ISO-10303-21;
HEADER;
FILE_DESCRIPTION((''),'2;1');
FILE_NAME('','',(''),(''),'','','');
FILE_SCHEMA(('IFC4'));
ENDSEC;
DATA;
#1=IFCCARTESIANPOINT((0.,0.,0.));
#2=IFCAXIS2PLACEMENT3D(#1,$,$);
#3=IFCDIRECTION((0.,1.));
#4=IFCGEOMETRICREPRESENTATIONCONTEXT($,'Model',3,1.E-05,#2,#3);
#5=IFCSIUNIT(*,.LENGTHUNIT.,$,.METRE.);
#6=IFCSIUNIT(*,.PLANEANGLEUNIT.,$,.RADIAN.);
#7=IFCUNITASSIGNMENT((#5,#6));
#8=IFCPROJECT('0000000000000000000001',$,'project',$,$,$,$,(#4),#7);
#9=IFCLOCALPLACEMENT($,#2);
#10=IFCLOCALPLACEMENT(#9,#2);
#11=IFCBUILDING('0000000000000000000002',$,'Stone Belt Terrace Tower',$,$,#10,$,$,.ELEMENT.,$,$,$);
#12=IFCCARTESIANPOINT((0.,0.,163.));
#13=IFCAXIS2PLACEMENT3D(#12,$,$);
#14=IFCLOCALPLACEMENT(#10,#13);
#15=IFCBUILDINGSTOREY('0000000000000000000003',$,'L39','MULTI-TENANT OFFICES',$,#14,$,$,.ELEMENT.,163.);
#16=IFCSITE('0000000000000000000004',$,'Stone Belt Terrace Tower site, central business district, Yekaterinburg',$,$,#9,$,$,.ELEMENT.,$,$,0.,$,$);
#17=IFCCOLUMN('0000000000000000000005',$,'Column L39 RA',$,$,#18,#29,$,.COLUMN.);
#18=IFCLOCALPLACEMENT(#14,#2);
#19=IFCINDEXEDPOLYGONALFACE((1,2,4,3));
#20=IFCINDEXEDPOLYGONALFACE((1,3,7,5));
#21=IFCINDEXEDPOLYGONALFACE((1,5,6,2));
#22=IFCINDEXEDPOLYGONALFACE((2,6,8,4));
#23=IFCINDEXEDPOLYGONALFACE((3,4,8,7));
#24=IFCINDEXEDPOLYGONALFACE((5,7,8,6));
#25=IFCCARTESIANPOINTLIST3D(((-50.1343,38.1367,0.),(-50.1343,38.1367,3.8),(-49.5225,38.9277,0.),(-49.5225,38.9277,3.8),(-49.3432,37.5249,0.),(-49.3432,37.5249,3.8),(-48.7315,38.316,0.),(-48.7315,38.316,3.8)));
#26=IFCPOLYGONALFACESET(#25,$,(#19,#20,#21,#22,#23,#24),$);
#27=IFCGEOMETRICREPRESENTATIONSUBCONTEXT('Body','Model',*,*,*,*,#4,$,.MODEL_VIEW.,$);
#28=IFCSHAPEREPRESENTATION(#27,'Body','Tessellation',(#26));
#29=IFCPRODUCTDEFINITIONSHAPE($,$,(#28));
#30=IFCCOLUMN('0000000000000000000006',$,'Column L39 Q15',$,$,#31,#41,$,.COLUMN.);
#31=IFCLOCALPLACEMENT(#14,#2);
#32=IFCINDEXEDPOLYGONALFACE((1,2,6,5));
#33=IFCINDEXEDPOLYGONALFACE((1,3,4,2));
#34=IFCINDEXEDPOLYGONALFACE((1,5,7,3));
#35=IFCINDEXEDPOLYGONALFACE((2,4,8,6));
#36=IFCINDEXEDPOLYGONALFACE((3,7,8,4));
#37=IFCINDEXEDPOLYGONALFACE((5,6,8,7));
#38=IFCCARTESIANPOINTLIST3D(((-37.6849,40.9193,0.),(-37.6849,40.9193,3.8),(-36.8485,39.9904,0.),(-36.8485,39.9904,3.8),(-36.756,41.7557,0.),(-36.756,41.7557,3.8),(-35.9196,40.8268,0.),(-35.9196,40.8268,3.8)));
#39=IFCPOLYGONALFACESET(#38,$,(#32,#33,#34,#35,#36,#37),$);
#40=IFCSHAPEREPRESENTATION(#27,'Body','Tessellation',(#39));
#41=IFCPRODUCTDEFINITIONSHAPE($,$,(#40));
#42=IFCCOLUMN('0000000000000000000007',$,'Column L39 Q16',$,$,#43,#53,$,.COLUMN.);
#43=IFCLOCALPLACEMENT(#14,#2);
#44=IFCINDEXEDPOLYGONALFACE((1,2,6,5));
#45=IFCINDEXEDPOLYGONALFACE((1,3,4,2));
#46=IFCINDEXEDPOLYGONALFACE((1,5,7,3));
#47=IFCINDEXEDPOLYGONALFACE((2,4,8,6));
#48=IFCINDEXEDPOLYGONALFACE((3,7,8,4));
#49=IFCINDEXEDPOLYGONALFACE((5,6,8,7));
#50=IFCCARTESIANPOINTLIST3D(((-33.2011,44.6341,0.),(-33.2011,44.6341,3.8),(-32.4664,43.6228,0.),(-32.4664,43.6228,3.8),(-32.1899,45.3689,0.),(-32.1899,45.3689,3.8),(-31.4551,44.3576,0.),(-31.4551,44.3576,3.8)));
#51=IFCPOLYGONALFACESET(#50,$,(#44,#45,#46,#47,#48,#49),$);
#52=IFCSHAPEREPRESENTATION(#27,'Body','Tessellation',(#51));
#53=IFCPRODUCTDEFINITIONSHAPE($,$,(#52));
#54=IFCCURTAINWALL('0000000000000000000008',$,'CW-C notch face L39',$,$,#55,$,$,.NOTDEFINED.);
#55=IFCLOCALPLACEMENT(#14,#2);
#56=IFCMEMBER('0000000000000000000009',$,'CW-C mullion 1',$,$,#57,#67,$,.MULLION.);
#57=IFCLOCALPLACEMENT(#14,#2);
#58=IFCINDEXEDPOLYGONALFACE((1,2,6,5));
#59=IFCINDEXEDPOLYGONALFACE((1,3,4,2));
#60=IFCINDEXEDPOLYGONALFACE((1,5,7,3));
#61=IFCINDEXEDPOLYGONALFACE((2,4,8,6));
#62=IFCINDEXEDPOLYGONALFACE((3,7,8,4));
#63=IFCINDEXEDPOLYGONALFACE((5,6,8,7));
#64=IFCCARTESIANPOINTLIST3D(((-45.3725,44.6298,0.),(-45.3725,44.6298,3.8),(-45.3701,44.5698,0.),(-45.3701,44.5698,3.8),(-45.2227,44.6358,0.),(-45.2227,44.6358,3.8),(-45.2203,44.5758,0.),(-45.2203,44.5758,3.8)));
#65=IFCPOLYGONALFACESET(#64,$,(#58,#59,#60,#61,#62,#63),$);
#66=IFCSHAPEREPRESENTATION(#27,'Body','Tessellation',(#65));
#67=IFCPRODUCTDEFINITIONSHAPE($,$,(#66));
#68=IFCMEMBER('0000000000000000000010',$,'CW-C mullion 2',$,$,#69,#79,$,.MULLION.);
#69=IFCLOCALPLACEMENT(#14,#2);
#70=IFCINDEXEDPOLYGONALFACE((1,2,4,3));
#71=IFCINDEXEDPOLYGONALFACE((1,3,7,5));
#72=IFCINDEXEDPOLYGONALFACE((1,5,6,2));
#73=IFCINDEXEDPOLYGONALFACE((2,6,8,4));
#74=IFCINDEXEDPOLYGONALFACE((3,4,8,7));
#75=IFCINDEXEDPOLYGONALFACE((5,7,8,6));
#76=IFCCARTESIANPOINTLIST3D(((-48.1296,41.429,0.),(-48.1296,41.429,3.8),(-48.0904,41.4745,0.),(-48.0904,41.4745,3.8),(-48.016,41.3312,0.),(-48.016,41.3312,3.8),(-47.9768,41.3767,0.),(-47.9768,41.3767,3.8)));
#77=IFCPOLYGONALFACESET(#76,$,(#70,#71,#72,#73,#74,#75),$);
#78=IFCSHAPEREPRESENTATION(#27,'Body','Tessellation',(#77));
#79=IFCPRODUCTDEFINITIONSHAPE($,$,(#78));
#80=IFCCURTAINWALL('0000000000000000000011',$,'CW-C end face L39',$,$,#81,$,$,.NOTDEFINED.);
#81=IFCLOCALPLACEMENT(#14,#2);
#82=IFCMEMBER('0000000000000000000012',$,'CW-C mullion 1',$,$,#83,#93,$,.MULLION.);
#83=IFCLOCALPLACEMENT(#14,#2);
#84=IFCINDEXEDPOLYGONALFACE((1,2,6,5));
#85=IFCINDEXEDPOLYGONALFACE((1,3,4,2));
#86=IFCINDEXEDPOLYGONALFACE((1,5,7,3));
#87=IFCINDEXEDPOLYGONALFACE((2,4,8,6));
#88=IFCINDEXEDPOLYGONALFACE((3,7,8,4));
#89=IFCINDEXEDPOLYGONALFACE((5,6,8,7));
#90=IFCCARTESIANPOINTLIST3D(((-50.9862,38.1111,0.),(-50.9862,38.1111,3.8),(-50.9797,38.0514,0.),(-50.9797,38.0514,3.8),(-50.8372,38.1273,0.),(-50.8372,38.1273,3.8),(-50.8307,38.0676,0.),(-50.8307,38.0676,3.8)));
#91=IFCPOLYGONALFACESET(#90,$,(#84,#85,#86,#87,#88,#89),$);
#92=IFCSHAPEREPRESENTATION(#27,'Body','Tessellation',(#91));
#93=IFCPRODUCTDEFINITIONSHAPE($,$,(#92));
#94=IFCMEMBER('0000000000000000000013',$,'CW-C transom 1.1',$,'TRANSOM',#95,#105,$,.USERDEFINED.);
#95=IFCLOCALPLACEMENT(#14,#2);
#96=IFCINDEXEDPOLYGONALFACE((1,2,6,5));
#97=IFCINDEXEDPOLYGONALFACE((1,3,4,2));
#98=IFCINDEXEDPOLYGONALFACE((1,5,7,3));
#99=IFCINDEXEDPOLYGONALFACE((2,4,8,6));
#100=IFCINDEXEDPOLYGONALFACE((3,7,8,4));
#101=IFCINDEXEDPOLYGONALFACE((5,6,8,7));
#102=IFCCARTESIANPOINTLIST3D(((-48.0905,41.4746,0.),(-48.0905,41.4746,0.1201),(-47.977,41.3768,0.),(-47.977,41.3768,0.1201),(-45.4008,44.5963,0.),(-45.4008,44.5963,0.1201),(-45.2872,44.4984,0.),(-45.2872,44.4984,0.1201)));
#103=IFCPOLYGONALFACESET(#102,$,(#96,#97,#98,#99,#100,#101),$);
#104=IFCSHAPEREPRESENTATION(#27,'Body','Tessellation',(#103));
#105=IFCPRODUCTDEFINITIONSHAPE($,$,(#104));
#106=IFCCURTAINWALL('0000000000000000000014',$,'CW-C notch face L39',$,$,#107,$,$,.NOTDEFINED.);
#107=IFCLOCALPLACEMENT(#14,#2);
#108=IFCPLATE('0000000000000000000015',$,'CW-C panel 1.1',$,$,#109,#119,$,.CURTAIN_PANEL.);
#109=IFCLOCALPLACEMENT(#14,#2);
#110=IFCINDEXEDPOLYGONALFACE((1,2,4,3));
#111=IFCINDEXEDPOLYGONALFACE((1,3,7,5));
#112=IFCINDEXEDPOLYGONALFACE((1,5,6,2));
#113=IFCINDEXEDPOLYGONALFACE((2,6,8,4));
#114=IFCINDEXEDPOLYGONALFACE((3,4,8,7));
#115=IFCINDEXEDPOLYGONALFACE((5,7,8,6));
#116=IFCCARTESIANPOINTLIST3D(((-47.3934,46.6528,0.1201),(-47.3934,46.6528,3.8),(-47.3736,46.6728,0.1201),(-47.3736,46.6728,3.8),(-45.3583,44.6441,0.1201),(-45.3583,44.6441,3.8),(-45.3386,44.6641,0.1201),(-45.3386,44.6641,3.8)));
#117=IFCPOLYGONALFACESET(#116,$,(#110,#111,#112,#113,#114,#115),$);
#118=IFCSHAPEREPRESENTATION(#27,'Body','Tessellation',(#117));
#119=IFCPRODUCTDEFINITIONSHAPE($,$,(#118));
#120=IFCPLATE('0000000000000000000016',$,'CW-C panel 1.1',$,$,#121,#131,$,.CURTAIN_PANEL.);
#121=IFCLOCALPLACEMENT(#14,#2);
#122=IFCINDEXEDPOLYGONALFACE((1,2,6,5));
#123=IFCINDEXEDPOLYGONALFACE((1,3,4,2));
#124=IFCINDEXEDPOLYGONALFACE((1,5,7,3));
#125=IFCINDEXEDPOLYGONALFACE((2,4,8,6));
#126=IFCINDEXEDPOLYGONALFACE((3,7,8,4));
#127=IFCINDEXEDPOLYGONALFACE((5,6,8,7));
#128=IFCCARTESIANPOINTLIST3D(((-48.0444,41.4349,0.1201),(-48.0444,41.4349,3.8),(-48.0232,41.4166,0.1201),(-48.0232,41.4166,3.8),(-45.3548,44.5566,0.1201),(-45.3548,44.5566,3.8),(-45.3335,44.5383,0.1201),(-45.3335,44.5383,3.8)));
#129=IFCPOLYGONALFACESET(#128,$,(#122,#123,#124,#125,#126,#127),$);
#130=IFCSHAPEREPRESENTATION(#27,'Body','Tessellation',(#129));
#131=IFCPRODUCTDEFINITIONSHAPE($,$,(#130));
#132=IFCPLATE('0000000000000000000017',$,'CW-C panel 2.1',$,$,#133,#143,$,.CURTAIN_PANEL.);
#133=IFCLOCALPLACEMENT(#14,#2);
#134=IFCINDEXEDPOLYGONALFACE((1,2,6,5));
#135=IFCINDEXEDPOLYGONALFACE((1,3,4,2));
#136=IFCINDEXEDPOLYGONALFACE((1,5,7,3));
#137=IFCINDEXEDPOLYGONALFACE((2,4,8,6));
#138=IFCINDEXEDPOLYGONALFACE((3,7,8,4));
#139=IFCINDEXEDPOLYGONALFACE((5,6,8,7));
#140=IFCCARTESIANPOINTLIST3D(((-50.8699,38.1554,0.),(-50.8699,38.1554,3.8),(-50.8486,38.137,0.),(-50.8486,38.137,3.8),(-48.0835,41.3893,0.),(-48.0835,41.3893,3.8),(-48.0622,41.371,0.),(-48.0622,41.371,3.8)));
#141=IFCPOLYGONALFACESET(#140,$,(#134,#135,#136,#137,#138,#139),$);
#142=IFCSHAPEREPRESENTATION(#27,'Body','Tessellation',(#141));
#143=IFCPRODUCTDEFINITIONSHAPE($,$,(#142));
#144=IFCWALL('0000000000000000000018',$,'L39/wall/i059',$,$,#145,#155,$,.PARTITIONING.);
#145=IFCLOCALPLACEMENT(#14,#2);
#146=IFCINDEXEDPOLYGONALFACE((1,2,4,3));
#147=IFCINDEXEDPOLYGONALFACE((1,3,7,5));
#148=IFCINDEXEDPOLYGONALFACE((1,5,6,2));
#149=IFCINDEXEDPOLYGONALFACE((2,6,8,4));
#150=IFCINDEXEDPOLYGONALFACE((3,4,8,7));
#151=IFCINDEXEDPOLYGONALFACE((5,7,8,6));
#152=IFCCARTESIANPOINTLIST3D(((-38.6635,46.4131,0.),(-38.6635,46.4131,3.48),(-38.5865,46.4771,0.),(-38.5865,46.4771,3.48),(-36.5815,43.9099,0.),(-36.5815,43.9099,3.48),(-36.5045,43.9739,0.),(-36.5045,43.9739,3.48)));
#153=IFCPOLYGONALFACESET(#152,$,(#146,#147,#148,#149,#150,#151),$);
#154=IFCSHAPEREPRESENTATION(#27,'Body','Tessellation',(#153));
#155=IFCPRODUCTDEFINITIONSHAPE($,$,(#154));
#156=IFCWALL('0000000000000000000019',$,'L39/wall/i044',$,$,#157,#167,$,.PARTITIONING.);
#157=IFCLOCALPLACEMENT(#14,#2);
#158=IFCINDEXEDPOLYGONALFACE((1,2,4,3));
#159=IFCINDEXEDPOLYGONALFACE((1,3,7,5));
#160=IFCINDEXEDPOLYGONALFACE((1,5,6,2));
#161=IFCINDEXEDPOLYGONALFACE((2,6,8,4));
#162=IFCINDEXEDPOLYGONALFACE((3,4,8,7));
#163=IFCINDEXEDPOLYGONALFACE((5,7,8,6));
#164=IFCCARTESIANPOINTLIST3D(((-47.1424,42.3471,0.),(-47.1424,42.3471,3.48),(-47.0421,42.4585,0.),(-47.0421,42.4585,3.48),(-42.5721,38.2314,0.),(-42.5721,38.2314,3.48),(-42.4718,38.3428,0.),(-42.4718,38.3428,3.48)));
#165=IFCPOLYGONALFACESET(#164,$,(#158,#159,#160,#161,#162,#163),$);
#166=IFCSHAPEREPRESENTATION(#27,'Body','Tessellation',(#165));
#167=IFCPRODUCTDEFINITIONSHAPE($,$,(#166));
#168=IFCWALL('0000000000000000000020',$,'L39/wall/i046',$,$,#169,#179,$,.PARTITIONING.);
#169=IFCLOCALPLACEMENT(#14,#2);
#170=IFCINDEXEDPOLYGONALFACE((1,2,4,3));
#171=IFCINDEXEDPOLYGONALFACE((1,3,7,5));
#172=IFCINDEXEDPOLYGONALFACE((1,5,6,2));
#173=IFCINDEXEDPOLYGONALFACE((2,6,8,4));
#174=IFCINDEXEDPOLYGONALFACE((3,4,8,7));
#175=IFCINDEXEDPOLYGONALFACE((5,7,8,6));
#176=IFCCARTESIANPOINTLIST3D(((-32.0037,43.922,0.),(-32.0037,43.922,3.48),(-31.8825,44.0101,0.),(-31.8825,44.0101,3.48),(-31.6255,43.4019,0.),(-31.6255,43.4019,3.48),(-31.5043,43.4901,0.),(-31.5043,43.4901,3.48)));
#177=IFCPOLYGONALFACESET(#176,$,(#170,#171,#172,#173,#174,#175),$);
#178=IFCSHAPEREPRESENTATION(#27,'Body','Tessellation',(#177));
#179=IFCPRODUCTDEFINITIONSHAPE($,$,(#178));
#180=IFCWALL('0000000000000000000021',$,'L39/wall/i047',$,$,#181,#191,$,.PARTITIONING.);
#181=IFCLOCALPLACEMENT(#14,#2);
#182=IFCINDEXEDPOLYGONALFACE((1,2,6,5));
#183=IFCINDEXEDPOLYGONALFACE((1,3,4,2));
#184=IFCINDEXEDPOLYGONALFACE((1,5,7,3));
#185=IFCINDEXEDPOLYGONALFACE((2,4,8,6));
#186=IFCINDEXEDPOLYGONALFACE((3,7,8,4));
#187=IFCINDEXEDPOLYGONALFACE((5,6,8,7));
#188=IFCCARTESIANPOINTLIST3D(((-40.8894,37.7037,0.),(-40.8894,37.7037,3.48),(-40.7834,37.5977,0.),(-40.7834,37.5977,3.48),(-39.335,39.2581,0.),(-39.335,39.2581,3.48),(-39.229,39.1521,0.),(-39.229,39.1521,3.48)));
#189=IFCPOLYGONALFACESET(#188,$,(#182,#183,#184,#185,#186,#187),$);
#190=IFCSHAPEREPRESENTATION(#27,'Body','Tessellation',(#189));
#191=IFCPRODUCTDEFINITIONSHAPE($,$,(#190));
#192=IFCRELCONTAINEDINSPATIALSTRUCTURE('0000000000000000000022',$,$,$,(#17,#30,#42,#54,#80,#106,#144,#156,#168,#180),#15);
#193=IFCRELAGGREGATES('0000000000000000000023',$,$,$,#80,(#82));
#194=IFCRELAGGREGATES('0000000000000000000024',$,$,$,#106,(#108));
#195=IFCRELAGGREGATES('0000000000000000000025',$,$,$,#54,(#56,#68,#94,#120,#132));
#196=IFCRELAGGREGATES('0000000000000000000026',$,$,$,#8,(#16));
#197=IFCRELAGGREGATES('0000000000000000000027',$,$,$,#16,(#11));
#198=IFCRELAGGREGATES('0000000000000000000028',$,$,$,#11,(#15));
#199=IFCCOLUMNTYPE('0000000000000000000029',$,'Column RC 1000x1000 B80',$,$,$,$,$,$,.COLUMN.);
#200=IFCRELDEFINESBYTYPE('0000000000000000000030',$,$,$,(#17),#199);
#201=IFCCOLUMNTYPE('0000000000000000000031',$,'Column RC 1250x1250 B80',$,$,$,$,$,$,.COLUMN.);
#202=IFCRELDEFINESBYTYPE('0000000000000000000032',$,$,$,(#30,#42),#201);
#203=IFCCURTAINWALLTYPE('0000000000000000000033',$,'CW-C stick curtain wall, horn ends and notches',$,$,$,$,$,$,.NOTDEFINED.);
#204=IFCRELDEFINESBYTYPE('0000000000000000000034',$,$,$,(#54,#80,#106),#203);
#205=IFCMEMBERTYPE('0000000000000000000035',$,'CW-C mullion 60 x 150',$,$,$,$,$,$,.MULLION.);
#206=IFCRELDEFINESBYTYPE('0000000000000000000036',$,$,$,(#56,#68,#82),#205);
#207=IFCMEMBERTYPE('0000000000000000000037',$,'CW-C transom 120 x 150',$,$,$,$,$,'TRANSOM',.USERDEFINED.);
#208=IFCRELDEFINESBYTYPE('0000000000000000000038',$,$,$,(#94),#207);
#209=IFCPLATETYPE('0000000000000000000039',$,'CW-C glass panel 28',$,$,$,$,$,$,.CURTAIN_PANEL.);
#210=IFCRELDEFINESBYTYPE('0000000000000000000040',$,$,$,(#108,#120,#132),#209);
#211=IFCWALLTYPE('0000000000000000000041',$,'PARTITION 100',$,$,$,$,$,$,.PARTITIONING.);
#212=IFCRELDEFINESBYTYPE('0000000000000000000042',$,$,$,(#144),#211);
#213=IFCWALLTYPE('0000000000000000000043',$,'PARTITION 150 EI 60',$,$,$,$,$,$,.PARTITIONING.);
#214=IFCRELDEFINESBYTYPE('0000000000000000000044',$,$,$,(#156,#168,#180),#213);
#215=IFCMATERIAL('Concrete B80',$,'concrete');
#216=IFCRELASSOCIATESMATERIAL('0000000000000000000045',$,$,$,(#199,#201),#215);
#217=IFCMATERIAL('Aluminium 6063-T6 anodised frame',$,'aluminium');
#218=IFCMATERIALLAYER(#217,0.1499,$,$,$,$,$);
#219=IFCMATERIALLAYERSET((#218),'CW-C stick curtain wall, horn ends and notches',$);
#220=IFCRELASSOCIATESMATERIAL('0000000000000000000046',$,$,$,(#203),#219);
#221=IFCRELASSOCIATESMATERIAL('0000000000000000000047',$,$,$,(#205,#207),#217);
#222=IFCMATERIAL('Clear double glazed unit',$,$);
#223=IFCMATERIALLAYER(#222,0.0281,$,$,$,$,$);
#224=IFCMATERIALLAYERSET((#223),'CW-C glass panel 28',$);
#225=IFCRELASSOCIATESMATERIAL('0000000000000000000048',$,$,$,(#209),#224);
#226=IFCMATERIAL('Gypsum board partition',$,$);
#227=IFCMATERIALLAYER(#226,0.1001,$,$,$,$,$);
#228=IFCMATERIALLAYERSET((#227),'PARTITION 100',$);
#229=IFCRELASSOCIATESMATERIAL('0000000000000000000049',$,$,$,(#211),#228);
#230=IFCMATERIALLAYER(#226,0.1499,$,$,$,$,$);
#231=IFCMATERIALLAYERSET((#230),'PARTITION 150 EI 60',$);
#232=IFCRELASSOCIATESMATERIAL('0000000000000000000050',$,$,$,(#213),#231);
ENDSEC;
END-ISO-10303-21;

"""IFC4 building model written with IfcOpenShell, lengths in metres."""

from ifc_helpers import new_model, si_unit, direction, frame, frame_2d, origin, origin_2d, place, context, subcontext, project, spatial, rectangle, extrude, material, layer, layer_set, material_profile, profile_set, type_object, element, aggregate, save


model = new_model("IFC4")

# Units and contexts
model_context = context("Model", 3, precision=1e-05, world=origin(), true_north=direction((0.0, 1.0)))
body_context = subcontext(model_context, "Body", "Model", "MODEL_VIEW")
ifc_project = project(units=[si_unit("LENGTHUNIT", "METRE"), si_unit("PLANEANGLEUNIT", "RADIAN")], contexts=[model_context])

# Site, building, storey
site_placement = place(None, origin())
site = spatial("IfcSite", under=ifc_project, at=site_placement, Name="Stone Belt Terrace Tower site, central business district, Yekaterinburg", CompositionType="ELEMENT", RefElevation=0.0)
building_placement = place(site_placement, origin())
building = spatial("IfcBuilding", under=site, at=building_placement, Name="Stone Belt Terrace Tower", CompositionType="ELEMENT")
storey_placement = place(building_placement, frame((0.0, 0.0, 163.0)))
storey = spatial("IfcBuildingStorey", under=building, at=storey_placement, Name="L39", Description="MULTI-TENANT OFFICES", CompositionType="ELEMENT", Elevation=163.0)

# Columns
ifc_material_1 = material(Name="Concrete B80", Category="concrete")
ifc_material_profile_1 = material_profile(ifc_material_1, rectangle(XDim=1.0, YDim=1.0, at=origin_2d()), Name="RC 1000x1000")
ifc_profile_set_1 = profile_set([ifc_material_profile_1], Name="Concrete B80")
column_type_1 = type_object("IfcColumnType", Name="Column RC 1000x1000 B80", PredefinedType="COLUMN", material=ifc_profile_set_1)
column_placement = place(storey_placement, frame((-49.4329, 38.2263, 0.0), z_axis=(0.0, 0.0, 1.0), x_axis=(0.61173, 0.791067, 0.0)))
element("IfcColumn", 1, at=column_placement, inside=storey, type_object=column_type_1, Name="Column L39 RA", PredefinedType="COLUMN", context=body_context, shape_type="SweptSolid", body=[
    extrude(rectangle(XDim=1.0, YDim=1.0, at=origin_2d()), origin(), (0.0, 0.0, 1.0), 3.8),
])
ifc_material_profile_2 = material_profile(ifc_material_1, rectangle(XDim=1.25, YDim=1.25, at=origin_2d()), Name="RC 1250x1250")
ifc_profile_set_2 = profile_set([ifc_material_profile_2], Name="Concrete B80")
column_type_2 = type_object("IfcColumnType", Name="Column RC 1250x1250 B80", PredefinedType="COLUMN", material=ifc_profile_set_2)
for number, where, z_axis, x_axis, name in (
    (2, (-36.8022, 40.873, 0.0), (0.0, 0.0, 1.0), (0.743145, 0.669131, 0.0), "Column L39 Q15"),
    (3, (-32.3281, 44.4958, 0.0), (0.0, 0.0, 1.0), (0.809017, 0.587785, 0.0), "Column L39 Q16"),
):
    element("IfcColumn", number, at=place(storey_placement, frame(where, z_axis=z_axis, x_axis=x_axis)), inside=storey, type_object=column_type_2, Name=name, PredefinedType="COLUMN", context=body_context, shape_type="SweptSolid", body=[
        extrude(rectangle(XDim=1.25, YDim=1.25, at=origin_2d()), origin(), (0.0, 0.0, 1.0), 3.8),
    ])

# Curtain wall, members
ifc_material_2 = material(Name="Aluminium 6063-T6 anodised frame", Category="aluminium")
ifc_layer_1 = layer(ifc_material_2, 0.1499)
ifc_layer_set_1 = layer_set([ifc_layer_1], Name="CW-C stick curtain wall, horn ends and notches")
curtain_wall_type = type_object("IfcCurtainWallType", Name="CW-C stick curtain wall, horn ends and notches", PredefinedType="NOTDEFINED", material=ifc_layer_set_1)
curtain_wall_1_placement = place(storey_placement, origin())
curtain_wall_1 = element("IfcCurtainWall", 4, at=curtain_wall_1_placement, inside=storey, type_object=curtain_wall_type, Name="CW-C notch face L39", PredefinedType="NOTDEFINED")
ifc_material_profile_3 = material_profile(ifc_material_2, rectangle(XDim=0.1499, YDim=0.0601, at=origin_2d()), Name="Aluminium 6063-T6 60x150")
ifc_profile_set_3 = profile_set([ifc_material_profile_3], Name="Aluminium 6063-T6 anodised frame")
member_type_1 = type_object("IfcMemberType", Name="CW-C mullion 60 x 150", PredefinedType="MULLION", material=ifc_profile_set_3)
member_1_placement = place(storey_placement, frame((-45.2964, 44.6028, 0.0), z_axis=(0.0, 0.0, 1.0), x_axis=(0.999185, 0.04036, 0.0)))
member_1 = element("IfcMember", 5, at=member_1_placement, type_object=member_type_1, Name="CW-C mullion 1", PredefinedType="MULLION", context=body_context, shape_type="SweptSolid", body=[
    extrude(rectangle(XDim=0.1499, YDim=0.0601, at=origin_2d()), origin(), (0.0, 0.0, 1.0), 3.8),
])
member_2_placement = place(storey_placement, frame((-48.0532, 41.4028, 0.0), z_axis=(0.0, 0.0, 1.0), x_axis=(0.757584, -0.652738, 0.0)))
member_2 = element("IfcMember", 6, at=member_2_placement, type_object=member_type_1, Name="CW-C mullion 2", PredefinedType="MULLION", context=body_context, shape_type="SweptSolid", body=[
    extrude(rectangle(XDim=0.1499, YDim=0.0601, at=origin_2d()), origin(), (0.0, 0.0, 1.0), 3.8),
])

# Curtain wall, member
curtain_wall_2_placement = place(storey_placement, origin())
curtain_wall_2 = element("IfcCurtainWall", 7, at=curtain_wall_2_placement, inside=storey, type_object=curtain_wall_type, Name="CW-C end face L39", PredefinedType="NOTDEFINED")
member_3_placement = place(storey_placement, frame((-50.9084, 38.0894, 0.0), z_axis=(0.0, 0.0, 1.0), x_axis=(0.994169, 0.10783, 0.0)))
member_3 = element("IfcMember", 8, at=member_3_placement, type_object=member_type_1, Name="CW-C mullion 1", PredefinedType="MULLION", context=body_context, shape_type="SweptSolid", body=[
    extrude(rectangle(XDim=0.1499, YDim=0.0601, at=origin_2d()), origin(), (0.0, 0.0, 1.0), 3.8),
])
aggregate(curtain_wall_2, [member_3])

# Member
ifc_material_profile_4 = material_profile(ifc_material_2, rectangle(XDim=0.1499, YDim=0.1201, at=origin_2d()), Name="Aluminium 6063-T6 150x120")
ifc_profile_set_4 = profile_set([ifc_material_profile_4], Name="Aluminium 6063-T6 anodised frame")
member_type_2 = type_object("IfcMemberType", Name="CW-C transom 120 x 150", ElementType="TRANSOM", PredefinedType="USERDEFINED", material=ifc_profile_set_4)
member_4_placement = place(storey_placement, frame((-45.344, 44.5474, 0.0601), z_axis=(-0.652756, -0.757569, 0.0), x_axis=(0.757569, -0.652756, 0.0)))
member_4 = element("IfcMember", 9, at=member_4_placement, type_object=member_type_2, Name="CW-C transom 1.1", ObjectType="TRANSOM", PredefinedType="USERDEFINED", context=body_context, shape_type="SweptSolid", body=[
    extrude(rectangle(XDim=0.1499, YDim=0.1201, at=origin_2d()), origin(), (0.0, 0.0, 1.0), 4.1206),
])

# Curtain wall, plate
curtain_wall_3_placement = place(storey_placement, origin())
curtain_wall_3 = element("IfcCurtainWall", 10, at=curtain_wall_3_placement, inside=storey, type_object=curtain_wall_type, Name="CW-C notch face L39", PredefinedType="NOTDEFINED")
ifc_material_3 = material(Name="Clear double glazed unit")
ifc_layer_2 = layer(ifc_material_3, 0.0281)
ifc_layer_set_2 = layer_set([ifc_layer_2], Name="CW-C glass panel 28")
plate_type = type_object("IfcPlateType", Name="CW-C glass panel 28", PredefinedType="CURTAIN_PANEL", material=ifc_layer_set_2)
plate_1_placement = place(storey_placement, frame((-46.366, 45.6584, 0.1201), z_axis=(0.0, 0.0, 1.0), x_axis=(0.711713, -0.70247, 0.0)))
plate_1 = element("IfcPlate", 11, at=plate_1_placement, type_object=plate_type, Name="CW-C panel 1.1", PredefinedType="CURTAIN_PANEL", context=body_context, shape_type="SweptSolid", body=[
    extrude(rectangle(XDim=2.8594, YDim=0.0281, at=origin_2d()), origin(), (0.0, 0.0, 1.0), 3.6799),
])
aggregate(curtain_wall_3, [plate_1])

# Plates
plate_2_placement = place(storey_placement, frame((-46.689, 42.9866, 0.1201), z_axis=(0.0, 0.0, 1.0), x_axis=(-0.652738, -0.757584, 0.0)))
plate_2 = element("IfcPlate", 12, at=plate_2_placement, type_object=plate_type, Name="CW-C panel 1.1", PredefinedType="CURTAIN_PANEL", context=body_context, shape_type="SweptSolid", body=[
    extrude(rectangle(XDim=4.1206, YDim=0.0281, at=origin_2d()), origin(), (0.0, 0.0, 1.0), 3.6799),
])
plate_3_placement = place(storey_placement, frame((-49.4661, 39.7632, 0.0), z_axis=(0.0, 0.0, 1.0), x_axis=(-0.652738, -0.757584, 0.0)))
plate_3 = element("IfcPlate", 13, at=plate_3_placement, type_object=plate_type, Name="CW-C panel 2.1", PredefinedType="CURTAIN_PANEL", context=body_context, shape_type="SweptSolid", body=[
    extrude(rectangle(XDim=4.2688, YDim=0.0281, at=origin_2d()), origin(), (0.0, 0.0, 1.0), 3.8),
])
aggregate(curtain_wall_1, [member_1, member_2, member_4, plate_2, plate_3])

# Walls
ifc_material_4 = material(Name="Gypsum board partition")
ifc_layer_3 = layer(ifc_material_4, 0.1001)
ifc_layer_set_3 = layer_set([ifc_layer_3], Name="PARTITION 100")
wall_type_1 = type_object("IfcWallType", Name="PARTITION 100", PredefinedType="PARTITIONING", material=ifc_layer_set_3)
wall_1_placement = place(storey_placement, frame((-38.625, 46.4451, 0.0), z_axis=(0.0, 0.0, 1.0), x_axis=(0.639469, -0.768817, 0.0)))
element("IfcWall", 14, at=wall_1_placement, inside=storey, type_object=wall_type_1, Name="L39/wall/i059", PredefinedType="PARTITIONING", context=body_context, shape_type="SweptSolid", body=[
    extrude(rectangle(XDim=3.2559, YDim=0.1001, at=frame_2d((1.6279, 0.0))), origin(), (0.0, 0.0, 1.0), 3.48),
])
ifc_layer_4 = layer(ifc_material_4, 0.1499)
ifc_layer_set_4 = layer_set([ifc_layer_4], Name="PARTITION 150 EI 60")
wall_type_2 = type_object("IfcWallType", Name="PARTITION 150 EI 60", PredefinedType="PARTITIONING", material=ifc_layer_set_4)
wall_2_placement = place(storey_placement, frame((-47.0923, 42.4028, 0.0), z_axis=(0.0, 0.0, 1.0), x_axis=(0.743097, -0.669184, 0.0)))
element("IfcWall", 15, at=wall_2_placement, inside=storey, type_object=wall_type_2, Name="L39/wall/i044", PredefinedType="PARTITIONING", context=body_context, shape_type="SweptSolid", body=[
    extrude(rectangle(XDim=6.1504, YDim=0.1499, at=frame_2d((3.0752, 0.0))), origin(), (0.0, 0.0, 1.0), 3.48),
])
wall_3_placement = place(storey_placement, frame((-31.9431, 43.9661, 0.0), z_axis=(0.0, 0.0, 1.0), x_axis=(0.588149, -0.808753, 0.0)))
element("IfcWall", 16, at=wall_3_placement, inside=storey, type_object=wall_type_2, Name="L39/wall/i046", PredefinedType="PARTITIONING", context=body_context, shape_type="SweptSolid", body=[
    extrude(rectangle(XDim=0.6431, YDim=0.1499, at=frame_2d((0.3215, 0.0))), origin(), (0.0, 0.0, 1.0), 3.48),
])
wall_4_placement = place(storey_placement, frame((-39.282, 39.2051, 0.0), z_axis=(0.0, 0.0, 1.0), x_axis=(-0.707107, -0.707107, 0.0)))
element("IfcWall", 17, at=wall_4_placement, inside=storey, type_object=wall_type_2, Name="L39/wall/i047", PredefinedType="PARTITIONING", context=body_context, shape_type="SweptSolid", body=[
    extrude(rectangle(XDim=2.1982, YDim=0.1499, at=frame_2d((1.0991, 0.0))), origin(), (0.0, 0.0, 1.0), 3.48),
])

save(model, "model.ifc")
